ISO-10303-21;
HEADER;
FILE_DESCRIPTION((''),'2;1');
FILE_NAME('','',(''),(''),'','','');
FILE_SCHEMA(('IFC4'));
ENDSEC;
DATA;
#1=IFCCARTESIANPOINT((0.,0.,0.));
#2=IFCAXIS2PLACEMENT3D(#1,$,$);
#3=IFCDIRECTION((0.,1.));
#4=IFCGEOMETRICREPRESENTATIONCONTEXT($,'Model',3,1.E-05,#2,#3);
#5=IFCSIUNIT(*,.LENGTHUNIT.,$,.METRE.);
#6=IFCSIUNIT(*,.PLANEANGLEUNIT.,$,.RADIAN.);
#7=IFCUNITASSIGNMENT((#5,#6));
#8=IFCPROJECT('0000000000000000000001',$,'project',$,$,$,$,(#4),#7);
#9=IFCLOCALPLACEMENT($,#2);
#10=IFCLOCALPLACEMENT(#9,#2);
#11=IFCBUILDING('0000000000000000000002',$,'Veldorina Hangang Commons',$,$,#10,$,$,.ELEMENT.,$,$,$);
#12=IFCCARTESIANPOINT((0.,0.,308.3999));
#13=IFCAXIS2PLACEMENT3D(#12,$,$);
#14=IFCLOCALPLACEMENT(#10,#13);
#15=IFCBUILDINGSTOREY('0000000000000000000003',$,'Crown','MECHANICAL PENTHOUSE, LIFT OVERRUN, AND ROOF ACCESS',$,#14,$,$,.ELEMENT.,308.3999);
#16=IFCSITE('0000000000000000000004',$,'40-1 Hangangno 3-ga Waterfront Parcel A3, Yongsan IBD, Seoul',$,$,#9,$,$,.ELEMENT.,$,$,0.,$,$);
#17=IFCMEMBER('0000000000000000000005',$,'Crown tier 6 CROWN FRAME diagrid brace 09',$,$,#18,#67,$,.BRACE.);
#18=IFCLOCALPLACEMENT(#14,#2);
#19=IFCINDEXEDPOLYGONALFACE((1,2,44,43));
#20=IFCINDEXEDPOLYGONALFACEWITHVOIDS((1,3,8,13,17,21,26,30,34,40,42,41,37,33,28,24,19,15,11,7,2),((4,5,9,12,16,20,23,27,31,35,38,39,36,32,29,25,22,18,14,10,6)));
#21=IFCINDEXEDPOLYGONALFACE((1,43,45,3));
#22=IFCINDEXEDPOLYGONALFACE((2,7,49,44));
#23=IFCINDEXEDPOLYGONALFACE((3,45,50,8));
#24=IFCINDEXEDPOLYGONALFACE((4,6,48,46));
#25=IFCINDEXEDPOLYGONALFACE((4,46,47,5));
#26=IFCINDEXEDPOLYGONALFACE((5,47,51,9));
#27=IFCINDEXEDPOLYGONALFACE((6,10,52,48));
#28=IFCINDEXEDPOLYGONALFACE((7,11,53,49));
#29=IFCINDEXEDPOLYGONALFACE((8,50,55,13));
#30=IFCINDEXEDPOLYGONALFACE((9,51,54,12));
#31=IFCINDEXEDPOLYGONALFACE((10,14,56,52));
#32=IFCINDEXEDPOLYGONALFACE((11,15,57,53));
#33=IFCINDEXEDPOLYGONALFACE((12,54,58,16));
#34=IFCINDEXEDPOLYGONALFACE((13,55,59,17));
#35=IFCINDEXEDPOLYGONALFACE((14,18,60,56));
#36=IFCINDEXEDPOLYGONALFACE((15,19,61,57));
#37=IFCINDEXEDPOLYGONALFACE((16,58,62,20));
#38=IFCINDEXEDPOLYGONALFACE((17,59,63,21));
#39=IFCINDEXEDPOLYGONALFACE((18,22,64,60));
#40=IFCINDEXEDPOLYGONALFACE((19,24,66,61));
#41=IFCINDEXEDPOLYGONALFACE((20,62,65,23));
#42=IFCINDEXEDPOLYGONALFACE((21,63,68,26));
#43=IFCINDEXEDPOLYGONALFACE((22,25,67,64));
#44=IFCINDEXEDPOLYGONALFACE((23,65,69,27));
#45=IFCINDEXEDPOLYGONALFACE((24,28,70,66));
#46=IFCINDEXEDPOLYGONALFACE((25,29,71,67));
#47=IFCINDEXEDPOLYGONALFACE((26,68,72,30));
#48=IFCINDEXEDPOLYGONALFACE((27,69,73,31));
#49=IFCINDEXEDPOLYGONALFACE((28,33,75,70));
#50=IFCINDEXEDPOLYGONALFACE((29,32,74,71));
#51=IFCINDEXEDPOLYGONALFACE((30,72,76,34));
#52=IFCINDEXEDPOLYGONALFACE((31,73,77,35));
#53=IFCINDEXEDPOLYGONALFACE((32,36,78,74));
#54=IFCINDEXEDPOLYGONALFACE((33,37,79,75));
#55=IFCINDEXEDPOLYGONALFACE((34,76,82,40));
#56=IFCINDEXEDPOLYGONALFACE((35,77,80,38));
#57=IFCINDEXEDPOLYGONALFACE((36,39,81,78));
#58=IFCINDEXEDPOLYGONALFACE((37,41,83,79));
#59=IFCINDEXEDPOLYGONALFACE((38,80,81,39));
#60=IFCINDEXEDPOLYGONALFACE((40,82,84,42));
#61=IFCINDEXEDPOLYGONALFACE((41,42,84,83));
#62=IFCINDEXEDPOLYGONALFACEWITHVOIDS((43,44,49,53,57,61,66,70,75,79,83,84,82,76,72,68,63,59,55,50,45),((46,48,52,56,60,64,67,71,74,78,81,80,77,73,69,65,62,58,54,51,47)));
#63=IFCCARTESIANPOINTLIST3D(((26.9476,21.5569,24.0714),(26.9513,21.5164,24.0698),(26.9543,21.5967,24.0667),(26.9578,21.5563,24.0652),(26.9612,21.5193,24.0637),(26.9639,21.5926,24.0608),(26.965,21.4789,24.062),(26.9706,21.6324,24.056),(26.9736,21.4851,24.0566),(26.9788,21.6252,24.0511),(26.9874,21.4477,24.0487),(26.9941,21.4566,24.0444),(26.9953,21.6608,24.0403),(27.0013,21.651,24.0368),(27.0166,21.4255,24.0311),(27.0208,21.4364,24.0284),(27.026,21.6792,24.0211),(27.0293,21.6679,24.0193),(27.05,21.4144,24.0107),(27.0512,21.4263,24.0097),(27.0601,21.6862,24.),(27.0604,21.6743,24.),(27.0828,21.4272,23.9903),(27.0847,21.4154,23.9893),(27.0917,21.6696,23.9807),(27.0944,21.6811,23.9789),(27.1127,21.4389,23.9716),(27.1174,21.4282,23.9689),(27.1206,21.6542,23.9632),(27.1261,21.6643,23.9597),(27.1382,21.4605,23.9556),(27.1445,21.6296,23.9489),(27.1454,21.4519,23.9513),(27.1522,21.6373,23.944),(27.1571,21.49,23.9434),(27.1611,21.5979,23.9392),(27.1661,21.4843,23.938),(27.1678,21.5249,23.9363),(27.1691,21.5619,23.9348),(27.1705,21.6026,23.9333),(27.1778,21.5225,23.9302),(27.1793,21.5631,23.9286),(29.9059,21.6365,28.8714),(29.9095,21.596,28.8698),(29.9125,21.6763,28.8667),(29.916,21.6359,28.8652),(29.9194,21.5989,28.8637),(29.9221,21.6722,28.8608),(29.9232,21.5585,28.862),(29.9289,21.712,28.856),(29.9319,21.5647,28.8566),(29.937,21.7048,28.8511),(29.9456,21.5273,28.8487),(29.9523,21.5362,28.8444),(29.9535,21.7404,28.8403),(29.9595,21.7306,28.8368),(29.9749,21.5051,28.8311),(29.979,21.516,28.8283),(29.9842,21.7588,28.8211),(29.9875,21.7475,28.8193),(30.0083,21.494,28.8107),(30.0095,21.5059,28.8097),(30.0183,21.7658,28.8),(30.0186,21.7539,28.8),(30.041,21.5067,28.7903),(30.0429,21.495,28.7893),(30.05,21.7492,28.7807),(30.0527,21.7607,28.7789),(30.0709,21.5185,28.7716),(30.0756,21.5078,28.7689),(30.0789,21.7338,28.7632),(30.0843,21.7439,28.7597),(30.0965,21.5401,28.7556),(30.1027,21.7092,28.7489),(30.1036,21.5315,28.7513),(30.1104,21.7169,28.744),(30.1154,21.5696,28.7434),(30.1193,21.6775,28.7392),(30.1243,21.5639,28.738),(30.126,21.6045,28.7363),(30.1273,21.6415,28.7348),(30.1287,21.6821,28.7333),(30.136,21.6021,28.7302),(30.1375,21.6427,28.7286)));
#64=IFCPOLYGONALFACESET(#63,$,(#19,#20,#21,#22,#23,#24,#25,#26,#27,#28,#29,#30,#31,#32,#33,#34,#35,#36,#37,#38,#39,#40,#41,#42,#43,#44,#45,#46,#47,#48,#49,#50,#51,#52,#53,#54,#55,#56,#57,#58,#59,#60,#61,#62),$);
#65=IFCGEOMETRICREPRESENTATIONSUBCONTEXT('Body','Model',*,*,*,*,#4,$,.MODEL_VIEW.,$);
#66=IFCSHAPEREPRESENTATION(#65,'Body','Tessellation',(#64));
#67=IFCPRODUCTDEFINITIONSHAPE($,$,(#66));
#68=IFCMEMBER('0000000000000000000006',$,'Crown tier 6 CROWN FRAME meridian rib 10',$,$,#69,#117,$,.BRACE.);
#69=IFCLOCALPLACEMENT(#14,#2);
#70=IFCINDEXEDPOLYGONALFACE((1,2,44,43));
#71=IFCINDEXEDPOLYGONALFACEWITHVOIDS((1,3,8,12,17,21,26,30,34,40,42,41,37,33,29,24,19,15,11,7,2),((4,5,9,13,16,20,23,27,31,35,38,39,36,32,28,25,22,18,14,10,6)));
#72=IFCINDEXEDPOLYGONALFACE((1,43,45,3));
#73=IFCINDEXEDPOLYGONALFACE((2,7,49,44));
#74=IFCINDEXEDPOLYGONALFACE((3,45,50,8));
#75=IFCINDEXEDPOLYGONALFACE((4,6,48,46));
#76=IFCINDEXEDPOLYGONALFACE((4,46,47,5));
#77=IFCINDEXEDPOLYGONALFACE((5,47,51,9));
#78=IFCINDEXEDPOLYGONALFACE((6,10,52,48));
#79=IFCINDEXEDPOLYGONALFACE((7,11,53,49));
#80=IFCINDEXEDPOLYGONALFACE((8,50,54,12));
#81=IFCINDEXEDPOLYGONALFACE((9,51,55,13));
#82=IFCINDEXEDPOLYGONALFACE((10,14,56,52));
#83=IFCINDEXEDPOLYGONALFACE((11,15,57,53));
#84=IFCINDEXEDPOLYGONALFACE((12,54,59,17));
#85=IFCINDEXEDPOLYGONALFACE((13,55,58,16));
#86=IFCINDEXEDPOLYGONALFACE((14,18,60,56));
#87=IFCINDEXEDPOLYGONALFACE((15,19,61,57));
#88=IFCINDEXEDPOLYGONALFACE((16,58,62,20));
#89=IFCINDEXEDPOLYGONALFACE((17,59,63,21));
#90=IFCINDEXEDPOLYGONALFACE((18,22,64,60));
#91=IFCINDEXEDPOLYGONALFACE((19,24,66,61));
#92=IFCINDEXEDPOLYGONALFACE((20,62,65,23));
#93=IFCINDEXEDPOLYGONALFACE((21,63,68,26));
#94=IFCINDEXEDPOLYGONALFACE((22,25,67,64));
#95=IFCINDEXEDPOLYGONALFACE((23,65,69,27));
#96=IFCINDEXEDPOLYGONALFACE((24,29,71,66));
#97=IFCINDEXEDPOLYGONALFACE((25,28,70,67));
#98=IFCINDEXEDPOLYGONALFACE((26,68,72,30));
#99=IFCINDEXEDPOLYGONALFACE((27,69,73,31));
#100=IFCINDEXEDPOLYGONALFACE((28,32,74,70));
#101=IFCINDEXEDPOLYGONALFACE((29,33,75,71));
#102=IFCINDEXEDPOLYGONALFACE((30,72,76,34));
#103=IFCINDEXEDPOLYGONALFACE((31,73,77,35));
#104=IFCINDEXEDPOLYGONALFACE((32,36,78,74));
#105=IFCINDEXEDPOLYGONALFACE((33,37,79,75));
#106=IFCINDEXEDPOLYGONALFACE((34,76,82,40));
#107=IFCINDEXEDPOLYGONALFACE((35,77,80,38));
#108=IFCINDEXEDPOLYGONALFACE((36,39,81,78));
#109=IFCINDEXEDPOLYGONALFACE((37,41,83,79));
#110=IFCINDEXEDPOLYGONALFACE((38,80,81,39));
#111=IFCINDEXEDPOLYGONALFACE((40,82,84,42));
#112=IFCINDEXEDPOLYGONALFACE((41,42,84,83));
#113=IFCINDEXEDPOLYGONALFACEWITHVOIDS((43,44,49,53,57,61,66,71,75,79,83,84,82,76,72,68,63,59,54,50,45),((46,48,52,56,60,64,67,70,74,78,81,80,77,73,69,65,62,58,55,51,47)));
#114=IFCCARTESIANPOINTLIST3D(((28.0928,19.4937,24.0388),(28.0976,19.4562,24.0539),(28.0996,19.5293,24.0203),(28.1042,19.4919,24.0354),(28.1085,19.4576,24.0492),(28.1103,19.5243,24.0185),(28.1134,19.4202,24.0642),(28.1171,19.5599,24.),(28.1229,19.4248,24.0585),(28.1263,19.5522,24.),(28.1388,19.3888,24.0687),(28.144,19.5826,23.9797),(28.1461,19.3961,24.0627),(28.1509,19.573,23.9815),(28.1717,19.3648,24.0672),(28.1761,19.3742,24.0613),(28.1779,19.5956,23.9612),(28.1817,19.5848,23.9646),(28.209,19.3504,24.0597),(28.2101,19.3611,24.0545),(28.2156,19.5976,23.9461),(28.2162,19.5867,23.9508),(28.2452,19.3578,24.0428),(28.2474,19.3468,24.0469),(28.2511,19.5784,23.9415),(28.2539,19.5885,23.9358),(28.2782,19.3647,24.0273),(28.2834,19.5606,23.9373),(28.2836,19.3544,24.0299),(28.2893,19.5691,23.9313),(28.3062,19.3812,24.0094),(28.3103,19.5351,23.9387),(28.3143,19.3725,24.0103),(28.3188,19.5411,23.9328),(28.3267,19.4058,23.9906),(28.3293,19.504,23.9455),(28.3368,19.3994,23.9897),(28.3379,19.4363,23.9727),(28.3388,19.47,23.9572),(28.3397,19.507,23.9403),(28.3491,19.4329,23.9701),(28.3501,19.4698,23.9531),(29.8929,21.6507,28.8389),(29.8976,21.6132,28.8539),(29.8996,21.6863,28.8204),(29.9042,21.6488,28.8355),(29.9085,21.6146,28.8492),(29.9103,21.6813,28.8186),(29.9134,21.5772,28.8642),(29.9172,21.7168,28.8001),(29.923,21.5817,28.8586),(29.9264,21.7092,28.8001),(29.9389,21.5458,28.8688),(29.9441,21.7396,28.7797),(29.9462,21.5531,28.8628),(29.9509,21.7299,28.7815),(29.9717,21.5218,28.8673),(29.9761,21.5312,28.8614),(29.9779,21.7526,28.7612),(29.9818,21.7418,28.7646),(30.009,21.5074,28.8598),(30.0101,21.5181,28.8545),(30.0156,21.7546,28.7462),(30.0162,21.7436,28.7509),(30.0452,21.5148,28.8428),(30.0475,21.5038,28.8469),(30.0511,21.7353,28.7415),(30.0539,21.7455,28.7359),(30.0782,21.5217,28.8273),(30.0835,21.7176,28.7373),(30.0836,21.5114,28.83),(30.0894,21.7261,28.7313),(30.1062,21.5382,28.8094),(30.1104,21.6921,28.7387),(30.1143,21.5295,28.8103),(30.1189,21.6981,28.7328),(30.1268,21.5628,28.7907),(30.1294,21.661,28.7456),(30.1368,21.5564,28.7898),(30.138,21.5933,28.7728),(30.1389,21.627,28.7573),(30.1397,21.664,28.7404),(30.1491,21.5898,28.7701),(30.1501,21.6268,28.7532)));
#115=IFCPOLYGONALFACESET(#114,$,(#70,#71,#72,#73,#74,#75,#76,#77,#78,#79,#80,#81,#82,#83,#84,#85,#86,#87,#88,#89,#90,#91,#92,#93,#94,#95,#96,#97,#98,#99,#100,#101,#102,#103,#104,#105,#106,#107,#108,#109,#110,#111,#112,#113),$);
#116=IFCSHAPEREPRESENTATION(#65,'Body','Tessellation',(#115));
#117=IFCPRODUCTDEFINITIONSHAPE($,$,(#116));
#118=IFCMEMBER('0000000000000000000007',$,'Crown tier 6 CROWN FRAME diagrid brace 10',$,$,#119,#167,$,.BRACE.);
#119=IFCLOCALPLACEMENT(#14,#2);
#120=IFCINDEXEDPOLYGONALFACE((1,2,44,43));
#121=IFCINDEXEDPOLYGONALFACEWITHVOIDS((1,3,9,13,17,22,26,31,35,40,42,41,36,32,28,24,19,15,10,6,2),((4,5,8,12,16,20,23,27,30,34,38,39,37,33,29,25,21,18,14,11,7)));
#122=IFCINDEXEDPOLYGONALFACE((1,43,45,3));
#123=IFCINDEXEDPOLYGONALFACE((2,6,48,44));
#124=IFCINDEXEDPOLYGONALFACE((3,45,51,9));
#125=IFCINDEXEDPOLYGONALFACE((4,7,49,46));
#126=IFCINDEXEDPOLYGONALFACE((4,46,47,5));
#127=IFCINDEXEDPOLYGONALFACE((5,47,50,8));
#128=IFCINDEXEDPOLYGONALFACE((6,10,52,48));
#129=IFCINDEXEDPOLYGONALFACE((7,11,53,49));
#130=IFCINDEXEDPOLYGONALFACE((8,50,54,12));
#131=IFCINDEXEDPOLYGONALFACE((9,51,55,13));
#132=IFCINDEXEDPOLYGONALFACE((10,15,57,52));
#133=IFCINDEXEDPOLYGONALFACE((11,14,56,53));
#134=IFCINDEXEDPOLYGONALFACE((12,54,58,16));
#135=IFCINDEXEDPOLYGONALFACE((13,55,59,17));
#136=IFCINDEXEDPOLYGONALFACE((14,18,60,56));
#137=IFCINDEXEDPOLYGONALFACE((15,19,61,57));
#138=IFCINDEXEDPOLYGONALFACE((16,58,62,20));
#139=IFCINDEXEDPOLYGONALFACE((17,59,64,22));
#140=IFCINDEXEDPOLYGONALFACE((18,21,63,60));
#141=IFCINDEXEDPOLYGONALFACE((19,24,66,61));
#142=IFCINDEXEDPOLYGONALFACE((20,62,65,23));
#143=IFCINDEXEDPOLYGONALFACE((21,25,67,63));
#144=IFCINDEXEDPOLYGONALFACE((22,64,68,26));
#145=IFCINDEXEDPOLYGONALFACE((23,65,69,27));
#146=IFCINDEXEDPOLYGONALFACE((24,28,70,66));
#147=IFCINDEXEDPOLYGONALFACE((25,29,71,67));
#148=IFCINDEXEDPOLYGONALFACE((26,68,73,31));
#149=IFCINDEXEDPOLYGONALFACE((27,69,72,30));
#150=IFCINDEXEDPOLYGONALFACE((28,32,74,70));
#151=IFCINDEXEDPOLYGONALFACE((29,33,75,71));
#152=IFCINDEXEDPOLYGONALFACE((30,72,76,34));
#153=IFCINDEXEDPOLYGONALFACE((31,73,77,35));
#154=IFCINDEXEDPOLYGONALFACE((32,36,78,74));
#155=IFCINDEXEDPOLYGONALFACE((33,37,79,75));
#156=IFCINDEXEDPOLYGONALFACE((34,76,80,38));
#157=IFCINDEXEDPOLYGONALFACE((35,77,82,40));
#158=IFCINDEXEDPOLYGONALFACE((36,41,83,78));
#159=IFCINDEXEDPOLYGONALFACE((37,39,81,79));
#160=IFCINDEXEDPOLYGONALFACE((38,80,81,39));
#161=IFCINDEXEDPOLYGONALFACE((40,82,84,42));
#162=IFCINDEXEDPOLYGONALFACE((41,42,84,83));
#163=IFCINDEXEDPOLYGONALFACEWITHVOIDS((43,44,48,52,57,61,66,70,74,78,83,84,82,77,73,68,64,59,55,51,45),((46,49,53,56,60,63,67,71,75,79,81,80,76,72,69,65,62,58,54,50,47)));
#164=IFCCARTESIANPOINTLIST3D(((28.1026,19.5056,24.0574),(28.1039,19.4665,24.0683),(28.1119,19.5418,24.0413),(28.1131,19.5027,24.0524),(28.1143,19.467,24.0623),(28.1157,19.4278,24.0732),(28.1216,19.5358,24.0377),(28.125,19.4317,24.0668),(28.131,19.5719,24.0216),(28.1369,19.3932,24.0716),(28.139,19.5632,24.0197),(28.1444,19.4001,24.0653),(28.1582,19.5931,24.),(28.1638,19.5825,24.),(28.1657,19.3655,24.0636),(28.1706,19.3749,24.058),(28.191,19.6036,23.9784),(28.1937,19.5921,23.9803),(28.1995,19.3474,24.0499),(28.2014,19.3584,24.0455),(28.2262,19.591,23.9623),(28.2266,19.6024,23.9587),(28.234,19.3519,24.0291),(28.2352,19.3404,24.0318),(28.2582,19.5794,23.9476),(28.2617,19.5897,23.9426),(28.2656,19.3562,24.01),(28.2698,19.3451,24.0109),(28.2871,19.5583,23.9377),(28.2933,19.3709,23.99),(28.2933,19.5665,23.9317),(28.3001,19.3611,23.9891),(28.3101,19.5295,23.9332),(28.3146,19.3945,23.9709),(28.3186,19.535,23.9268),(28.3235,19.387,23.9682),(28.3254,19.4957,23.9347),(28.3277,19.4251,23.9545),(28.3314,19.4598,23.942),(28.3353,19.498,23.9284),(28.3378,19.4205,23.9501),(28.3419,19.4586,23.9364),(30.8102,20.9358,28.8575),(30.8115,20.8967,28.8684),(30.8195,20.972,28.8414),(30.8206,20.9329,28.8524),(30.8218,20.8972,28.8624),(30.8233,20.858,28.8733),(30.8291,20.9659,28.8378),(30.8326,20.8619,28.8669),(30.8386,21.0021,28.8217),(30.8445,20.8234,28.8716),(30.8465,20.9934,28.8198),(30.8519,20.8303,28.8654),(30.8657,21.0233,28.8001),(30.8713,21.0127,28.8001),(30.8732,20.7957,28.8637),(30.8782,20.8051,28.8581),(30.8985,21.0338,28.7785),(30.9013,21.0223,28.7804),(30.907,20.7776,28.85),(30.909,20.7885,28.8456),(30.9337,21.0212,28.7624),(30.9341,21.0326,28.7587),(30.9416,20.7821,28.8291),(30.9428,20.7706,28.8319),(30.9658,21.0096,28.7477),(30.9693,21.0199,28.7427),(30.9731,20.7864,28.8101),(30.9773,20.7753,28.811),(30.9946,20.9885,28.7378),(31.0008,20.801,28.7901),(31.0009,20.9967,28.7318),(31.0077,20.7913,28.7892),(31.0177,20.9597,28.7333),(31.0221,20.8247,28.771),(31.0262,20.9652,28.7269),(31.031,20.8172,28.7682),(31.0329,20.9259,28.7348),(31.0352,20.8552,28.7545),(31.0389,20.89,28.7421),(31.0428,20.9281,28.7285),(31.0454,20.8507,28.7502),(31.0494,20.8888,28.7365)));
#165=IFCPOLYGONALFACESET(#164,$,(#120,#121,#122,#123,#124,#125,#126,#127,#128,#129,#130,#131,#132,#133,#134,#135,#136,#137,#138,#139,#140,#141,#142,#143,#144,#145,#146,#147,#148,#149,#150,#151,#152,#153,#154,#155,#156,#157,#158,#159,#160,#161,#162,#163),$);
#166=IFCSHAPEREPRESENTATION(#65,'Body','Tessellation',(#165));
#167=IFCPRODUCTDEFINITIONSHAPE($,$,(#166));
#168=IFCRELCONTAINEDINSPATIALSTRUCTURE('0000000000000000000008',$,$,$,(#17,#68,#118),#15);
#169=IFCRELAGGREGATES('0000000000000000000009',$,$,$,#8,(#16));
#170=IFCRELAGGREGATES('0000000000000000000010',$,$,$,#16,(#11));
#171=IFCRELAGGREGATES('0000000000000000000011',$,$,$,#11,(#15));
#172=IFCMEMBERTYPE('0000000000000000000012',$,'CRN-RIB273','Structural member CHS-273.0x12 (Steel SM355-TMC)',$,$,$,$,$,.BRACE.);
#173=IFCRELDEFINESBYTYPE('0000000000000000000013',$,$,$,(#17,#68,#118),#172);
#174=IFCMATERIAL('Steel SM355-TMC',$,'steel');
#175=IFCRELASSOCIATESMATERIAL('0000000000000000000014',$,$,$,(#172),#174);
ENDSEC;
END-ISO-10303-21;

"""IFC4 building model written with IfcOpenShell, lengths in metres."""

from ifc_helpers import new_model, si_unit, direction, frame, origin, origin_2d, place, context, subcontext, project, spatial, hollow_circle, extrude, material, material_profile, profile_set, type_object, element, save


model = new_model("IFC4")

# Units and contexts
model_context = context("Model", 3, precision=1e-05, world=origin(), true_north=direction((0.0, 1.0)))
body_context = subcontext(model_context, "Body", "Model", "MODEL_VIEW")
ifc_project = project(units=[si_unit("LENGTHUNIT", "METRE"), si_unit("PLANEANGLEUNIT", "RADIAN")], contexts=[model_context])

# Site, building, storey
site_placement = place(None, origin())
site = spatial("IfcSite", under=ifc_project, at=site_placement, Name="40-1 Hangangno 3-ga Waterfront Parcel A3, Yongsan IBD, Seoul", CompositionType="ELEMENT", RefElevation=0.0)
building_placement = place(site_placement, origin())
building = spatial("IfcBuilding", under=site, at=building_placement, Name="Veldorina Hangang Commons", CompositionType="ELEMENT")
storey_placement = place(building_placement, frame((0.0, 0.0, 308.3999)))
storey = spatial("IfcBuildingStorey", under=building, at=storey_placement, Name="Crown", Description="MECHANICAL PENTHOUSE, LIFT OVERRUN, AND ROOF ACCESS", CompositionType="ELEMENT", Elevation=308.3999)

# Members
ifc_material_1 = material(Name="Steel SM355-TMC", Category="steel")
ifc_material_profile_1 = material_profile(ifc_material_1, hollow_circle(Radius=0.1365, WallThickness=0.012, at=origin_2d()), Name="CHS-273.0x12")
ifc_profile_set_1 = profile_set([ifc_material_profile_1], Name="Steel SM355-TMC")
member_type_1 = type_object("IfcMemberType", Name="CRN-RIB273", Description="Structural member CHS-273.0x12 (Steel SM355-TMC)", PredefinedType="BRACE", material=ifc_profile_set_1)
member_1_placement = place(storey_placement, frame((27.0637, 21.5498, 24.0), z_axis=(0.524608, 0.014114, 0.851227), x_axis=(-0.026895, 0.999638, 0.0)))
element("IfcMember", 1, at=member_1_placement, inside=storey, type_object=member_type_1, Name="Crown tier 6 CROWN FRAME diagrid brace 09", PredefinedType="BRACE", context=body_context, shape_type="SweptSolid", body=[
    extrude(hollow_circle(Radius=0.1365, WallThickness=0.012, at=origin_2d()), origin(), (0.0, 0.0, 1.0), 5.6389),
])
member_2_placement = place(storey_placement, frame((28.2219, 19.4724, 24.0), z_axis=(0.323647, 0.387823, 0.863044), x_axis=(-0.767772, 0.640723, 0.0)))
element("IfcMember", 2, at=member_2_placement, inside=storey, type_object=member_type_1, Name="Crown tier 6 CROWN FRAME meridian rib 10", PredefinedType="BRACE", context=body_context, shape_type="SweptSolid", body=[
    extrude(hollow_circle(Radius=0.1365, WallThickness=0.012, at=origin_2d()), origin(), (0.0, 0.0, 1.0), 5.5618),
])
member_3_placement = place(storey_placement, frame((28.2219, 19.4724, 24.0), z_axis=(0.475541, 0.251192, 0.843068), x_axis=(-0.467067, 0.884222, 0.0)))
element("IfcMember", 3, at=member_3_placement, inside=storey, type_object=member_type_1, Name="Crown tier 6 CROWN FRAME diagrid brace 10", PredefinedType="BRACE", context=body_context, shape_type="SweptSolid", body=[
    extrude(hollow_circle(Radius=0.1365, WallThickness=0.012, at=origin_2d()), origin(), (0.0, 0.0, 1.0), 5.6936),
])

save(model, "model.ifc")
